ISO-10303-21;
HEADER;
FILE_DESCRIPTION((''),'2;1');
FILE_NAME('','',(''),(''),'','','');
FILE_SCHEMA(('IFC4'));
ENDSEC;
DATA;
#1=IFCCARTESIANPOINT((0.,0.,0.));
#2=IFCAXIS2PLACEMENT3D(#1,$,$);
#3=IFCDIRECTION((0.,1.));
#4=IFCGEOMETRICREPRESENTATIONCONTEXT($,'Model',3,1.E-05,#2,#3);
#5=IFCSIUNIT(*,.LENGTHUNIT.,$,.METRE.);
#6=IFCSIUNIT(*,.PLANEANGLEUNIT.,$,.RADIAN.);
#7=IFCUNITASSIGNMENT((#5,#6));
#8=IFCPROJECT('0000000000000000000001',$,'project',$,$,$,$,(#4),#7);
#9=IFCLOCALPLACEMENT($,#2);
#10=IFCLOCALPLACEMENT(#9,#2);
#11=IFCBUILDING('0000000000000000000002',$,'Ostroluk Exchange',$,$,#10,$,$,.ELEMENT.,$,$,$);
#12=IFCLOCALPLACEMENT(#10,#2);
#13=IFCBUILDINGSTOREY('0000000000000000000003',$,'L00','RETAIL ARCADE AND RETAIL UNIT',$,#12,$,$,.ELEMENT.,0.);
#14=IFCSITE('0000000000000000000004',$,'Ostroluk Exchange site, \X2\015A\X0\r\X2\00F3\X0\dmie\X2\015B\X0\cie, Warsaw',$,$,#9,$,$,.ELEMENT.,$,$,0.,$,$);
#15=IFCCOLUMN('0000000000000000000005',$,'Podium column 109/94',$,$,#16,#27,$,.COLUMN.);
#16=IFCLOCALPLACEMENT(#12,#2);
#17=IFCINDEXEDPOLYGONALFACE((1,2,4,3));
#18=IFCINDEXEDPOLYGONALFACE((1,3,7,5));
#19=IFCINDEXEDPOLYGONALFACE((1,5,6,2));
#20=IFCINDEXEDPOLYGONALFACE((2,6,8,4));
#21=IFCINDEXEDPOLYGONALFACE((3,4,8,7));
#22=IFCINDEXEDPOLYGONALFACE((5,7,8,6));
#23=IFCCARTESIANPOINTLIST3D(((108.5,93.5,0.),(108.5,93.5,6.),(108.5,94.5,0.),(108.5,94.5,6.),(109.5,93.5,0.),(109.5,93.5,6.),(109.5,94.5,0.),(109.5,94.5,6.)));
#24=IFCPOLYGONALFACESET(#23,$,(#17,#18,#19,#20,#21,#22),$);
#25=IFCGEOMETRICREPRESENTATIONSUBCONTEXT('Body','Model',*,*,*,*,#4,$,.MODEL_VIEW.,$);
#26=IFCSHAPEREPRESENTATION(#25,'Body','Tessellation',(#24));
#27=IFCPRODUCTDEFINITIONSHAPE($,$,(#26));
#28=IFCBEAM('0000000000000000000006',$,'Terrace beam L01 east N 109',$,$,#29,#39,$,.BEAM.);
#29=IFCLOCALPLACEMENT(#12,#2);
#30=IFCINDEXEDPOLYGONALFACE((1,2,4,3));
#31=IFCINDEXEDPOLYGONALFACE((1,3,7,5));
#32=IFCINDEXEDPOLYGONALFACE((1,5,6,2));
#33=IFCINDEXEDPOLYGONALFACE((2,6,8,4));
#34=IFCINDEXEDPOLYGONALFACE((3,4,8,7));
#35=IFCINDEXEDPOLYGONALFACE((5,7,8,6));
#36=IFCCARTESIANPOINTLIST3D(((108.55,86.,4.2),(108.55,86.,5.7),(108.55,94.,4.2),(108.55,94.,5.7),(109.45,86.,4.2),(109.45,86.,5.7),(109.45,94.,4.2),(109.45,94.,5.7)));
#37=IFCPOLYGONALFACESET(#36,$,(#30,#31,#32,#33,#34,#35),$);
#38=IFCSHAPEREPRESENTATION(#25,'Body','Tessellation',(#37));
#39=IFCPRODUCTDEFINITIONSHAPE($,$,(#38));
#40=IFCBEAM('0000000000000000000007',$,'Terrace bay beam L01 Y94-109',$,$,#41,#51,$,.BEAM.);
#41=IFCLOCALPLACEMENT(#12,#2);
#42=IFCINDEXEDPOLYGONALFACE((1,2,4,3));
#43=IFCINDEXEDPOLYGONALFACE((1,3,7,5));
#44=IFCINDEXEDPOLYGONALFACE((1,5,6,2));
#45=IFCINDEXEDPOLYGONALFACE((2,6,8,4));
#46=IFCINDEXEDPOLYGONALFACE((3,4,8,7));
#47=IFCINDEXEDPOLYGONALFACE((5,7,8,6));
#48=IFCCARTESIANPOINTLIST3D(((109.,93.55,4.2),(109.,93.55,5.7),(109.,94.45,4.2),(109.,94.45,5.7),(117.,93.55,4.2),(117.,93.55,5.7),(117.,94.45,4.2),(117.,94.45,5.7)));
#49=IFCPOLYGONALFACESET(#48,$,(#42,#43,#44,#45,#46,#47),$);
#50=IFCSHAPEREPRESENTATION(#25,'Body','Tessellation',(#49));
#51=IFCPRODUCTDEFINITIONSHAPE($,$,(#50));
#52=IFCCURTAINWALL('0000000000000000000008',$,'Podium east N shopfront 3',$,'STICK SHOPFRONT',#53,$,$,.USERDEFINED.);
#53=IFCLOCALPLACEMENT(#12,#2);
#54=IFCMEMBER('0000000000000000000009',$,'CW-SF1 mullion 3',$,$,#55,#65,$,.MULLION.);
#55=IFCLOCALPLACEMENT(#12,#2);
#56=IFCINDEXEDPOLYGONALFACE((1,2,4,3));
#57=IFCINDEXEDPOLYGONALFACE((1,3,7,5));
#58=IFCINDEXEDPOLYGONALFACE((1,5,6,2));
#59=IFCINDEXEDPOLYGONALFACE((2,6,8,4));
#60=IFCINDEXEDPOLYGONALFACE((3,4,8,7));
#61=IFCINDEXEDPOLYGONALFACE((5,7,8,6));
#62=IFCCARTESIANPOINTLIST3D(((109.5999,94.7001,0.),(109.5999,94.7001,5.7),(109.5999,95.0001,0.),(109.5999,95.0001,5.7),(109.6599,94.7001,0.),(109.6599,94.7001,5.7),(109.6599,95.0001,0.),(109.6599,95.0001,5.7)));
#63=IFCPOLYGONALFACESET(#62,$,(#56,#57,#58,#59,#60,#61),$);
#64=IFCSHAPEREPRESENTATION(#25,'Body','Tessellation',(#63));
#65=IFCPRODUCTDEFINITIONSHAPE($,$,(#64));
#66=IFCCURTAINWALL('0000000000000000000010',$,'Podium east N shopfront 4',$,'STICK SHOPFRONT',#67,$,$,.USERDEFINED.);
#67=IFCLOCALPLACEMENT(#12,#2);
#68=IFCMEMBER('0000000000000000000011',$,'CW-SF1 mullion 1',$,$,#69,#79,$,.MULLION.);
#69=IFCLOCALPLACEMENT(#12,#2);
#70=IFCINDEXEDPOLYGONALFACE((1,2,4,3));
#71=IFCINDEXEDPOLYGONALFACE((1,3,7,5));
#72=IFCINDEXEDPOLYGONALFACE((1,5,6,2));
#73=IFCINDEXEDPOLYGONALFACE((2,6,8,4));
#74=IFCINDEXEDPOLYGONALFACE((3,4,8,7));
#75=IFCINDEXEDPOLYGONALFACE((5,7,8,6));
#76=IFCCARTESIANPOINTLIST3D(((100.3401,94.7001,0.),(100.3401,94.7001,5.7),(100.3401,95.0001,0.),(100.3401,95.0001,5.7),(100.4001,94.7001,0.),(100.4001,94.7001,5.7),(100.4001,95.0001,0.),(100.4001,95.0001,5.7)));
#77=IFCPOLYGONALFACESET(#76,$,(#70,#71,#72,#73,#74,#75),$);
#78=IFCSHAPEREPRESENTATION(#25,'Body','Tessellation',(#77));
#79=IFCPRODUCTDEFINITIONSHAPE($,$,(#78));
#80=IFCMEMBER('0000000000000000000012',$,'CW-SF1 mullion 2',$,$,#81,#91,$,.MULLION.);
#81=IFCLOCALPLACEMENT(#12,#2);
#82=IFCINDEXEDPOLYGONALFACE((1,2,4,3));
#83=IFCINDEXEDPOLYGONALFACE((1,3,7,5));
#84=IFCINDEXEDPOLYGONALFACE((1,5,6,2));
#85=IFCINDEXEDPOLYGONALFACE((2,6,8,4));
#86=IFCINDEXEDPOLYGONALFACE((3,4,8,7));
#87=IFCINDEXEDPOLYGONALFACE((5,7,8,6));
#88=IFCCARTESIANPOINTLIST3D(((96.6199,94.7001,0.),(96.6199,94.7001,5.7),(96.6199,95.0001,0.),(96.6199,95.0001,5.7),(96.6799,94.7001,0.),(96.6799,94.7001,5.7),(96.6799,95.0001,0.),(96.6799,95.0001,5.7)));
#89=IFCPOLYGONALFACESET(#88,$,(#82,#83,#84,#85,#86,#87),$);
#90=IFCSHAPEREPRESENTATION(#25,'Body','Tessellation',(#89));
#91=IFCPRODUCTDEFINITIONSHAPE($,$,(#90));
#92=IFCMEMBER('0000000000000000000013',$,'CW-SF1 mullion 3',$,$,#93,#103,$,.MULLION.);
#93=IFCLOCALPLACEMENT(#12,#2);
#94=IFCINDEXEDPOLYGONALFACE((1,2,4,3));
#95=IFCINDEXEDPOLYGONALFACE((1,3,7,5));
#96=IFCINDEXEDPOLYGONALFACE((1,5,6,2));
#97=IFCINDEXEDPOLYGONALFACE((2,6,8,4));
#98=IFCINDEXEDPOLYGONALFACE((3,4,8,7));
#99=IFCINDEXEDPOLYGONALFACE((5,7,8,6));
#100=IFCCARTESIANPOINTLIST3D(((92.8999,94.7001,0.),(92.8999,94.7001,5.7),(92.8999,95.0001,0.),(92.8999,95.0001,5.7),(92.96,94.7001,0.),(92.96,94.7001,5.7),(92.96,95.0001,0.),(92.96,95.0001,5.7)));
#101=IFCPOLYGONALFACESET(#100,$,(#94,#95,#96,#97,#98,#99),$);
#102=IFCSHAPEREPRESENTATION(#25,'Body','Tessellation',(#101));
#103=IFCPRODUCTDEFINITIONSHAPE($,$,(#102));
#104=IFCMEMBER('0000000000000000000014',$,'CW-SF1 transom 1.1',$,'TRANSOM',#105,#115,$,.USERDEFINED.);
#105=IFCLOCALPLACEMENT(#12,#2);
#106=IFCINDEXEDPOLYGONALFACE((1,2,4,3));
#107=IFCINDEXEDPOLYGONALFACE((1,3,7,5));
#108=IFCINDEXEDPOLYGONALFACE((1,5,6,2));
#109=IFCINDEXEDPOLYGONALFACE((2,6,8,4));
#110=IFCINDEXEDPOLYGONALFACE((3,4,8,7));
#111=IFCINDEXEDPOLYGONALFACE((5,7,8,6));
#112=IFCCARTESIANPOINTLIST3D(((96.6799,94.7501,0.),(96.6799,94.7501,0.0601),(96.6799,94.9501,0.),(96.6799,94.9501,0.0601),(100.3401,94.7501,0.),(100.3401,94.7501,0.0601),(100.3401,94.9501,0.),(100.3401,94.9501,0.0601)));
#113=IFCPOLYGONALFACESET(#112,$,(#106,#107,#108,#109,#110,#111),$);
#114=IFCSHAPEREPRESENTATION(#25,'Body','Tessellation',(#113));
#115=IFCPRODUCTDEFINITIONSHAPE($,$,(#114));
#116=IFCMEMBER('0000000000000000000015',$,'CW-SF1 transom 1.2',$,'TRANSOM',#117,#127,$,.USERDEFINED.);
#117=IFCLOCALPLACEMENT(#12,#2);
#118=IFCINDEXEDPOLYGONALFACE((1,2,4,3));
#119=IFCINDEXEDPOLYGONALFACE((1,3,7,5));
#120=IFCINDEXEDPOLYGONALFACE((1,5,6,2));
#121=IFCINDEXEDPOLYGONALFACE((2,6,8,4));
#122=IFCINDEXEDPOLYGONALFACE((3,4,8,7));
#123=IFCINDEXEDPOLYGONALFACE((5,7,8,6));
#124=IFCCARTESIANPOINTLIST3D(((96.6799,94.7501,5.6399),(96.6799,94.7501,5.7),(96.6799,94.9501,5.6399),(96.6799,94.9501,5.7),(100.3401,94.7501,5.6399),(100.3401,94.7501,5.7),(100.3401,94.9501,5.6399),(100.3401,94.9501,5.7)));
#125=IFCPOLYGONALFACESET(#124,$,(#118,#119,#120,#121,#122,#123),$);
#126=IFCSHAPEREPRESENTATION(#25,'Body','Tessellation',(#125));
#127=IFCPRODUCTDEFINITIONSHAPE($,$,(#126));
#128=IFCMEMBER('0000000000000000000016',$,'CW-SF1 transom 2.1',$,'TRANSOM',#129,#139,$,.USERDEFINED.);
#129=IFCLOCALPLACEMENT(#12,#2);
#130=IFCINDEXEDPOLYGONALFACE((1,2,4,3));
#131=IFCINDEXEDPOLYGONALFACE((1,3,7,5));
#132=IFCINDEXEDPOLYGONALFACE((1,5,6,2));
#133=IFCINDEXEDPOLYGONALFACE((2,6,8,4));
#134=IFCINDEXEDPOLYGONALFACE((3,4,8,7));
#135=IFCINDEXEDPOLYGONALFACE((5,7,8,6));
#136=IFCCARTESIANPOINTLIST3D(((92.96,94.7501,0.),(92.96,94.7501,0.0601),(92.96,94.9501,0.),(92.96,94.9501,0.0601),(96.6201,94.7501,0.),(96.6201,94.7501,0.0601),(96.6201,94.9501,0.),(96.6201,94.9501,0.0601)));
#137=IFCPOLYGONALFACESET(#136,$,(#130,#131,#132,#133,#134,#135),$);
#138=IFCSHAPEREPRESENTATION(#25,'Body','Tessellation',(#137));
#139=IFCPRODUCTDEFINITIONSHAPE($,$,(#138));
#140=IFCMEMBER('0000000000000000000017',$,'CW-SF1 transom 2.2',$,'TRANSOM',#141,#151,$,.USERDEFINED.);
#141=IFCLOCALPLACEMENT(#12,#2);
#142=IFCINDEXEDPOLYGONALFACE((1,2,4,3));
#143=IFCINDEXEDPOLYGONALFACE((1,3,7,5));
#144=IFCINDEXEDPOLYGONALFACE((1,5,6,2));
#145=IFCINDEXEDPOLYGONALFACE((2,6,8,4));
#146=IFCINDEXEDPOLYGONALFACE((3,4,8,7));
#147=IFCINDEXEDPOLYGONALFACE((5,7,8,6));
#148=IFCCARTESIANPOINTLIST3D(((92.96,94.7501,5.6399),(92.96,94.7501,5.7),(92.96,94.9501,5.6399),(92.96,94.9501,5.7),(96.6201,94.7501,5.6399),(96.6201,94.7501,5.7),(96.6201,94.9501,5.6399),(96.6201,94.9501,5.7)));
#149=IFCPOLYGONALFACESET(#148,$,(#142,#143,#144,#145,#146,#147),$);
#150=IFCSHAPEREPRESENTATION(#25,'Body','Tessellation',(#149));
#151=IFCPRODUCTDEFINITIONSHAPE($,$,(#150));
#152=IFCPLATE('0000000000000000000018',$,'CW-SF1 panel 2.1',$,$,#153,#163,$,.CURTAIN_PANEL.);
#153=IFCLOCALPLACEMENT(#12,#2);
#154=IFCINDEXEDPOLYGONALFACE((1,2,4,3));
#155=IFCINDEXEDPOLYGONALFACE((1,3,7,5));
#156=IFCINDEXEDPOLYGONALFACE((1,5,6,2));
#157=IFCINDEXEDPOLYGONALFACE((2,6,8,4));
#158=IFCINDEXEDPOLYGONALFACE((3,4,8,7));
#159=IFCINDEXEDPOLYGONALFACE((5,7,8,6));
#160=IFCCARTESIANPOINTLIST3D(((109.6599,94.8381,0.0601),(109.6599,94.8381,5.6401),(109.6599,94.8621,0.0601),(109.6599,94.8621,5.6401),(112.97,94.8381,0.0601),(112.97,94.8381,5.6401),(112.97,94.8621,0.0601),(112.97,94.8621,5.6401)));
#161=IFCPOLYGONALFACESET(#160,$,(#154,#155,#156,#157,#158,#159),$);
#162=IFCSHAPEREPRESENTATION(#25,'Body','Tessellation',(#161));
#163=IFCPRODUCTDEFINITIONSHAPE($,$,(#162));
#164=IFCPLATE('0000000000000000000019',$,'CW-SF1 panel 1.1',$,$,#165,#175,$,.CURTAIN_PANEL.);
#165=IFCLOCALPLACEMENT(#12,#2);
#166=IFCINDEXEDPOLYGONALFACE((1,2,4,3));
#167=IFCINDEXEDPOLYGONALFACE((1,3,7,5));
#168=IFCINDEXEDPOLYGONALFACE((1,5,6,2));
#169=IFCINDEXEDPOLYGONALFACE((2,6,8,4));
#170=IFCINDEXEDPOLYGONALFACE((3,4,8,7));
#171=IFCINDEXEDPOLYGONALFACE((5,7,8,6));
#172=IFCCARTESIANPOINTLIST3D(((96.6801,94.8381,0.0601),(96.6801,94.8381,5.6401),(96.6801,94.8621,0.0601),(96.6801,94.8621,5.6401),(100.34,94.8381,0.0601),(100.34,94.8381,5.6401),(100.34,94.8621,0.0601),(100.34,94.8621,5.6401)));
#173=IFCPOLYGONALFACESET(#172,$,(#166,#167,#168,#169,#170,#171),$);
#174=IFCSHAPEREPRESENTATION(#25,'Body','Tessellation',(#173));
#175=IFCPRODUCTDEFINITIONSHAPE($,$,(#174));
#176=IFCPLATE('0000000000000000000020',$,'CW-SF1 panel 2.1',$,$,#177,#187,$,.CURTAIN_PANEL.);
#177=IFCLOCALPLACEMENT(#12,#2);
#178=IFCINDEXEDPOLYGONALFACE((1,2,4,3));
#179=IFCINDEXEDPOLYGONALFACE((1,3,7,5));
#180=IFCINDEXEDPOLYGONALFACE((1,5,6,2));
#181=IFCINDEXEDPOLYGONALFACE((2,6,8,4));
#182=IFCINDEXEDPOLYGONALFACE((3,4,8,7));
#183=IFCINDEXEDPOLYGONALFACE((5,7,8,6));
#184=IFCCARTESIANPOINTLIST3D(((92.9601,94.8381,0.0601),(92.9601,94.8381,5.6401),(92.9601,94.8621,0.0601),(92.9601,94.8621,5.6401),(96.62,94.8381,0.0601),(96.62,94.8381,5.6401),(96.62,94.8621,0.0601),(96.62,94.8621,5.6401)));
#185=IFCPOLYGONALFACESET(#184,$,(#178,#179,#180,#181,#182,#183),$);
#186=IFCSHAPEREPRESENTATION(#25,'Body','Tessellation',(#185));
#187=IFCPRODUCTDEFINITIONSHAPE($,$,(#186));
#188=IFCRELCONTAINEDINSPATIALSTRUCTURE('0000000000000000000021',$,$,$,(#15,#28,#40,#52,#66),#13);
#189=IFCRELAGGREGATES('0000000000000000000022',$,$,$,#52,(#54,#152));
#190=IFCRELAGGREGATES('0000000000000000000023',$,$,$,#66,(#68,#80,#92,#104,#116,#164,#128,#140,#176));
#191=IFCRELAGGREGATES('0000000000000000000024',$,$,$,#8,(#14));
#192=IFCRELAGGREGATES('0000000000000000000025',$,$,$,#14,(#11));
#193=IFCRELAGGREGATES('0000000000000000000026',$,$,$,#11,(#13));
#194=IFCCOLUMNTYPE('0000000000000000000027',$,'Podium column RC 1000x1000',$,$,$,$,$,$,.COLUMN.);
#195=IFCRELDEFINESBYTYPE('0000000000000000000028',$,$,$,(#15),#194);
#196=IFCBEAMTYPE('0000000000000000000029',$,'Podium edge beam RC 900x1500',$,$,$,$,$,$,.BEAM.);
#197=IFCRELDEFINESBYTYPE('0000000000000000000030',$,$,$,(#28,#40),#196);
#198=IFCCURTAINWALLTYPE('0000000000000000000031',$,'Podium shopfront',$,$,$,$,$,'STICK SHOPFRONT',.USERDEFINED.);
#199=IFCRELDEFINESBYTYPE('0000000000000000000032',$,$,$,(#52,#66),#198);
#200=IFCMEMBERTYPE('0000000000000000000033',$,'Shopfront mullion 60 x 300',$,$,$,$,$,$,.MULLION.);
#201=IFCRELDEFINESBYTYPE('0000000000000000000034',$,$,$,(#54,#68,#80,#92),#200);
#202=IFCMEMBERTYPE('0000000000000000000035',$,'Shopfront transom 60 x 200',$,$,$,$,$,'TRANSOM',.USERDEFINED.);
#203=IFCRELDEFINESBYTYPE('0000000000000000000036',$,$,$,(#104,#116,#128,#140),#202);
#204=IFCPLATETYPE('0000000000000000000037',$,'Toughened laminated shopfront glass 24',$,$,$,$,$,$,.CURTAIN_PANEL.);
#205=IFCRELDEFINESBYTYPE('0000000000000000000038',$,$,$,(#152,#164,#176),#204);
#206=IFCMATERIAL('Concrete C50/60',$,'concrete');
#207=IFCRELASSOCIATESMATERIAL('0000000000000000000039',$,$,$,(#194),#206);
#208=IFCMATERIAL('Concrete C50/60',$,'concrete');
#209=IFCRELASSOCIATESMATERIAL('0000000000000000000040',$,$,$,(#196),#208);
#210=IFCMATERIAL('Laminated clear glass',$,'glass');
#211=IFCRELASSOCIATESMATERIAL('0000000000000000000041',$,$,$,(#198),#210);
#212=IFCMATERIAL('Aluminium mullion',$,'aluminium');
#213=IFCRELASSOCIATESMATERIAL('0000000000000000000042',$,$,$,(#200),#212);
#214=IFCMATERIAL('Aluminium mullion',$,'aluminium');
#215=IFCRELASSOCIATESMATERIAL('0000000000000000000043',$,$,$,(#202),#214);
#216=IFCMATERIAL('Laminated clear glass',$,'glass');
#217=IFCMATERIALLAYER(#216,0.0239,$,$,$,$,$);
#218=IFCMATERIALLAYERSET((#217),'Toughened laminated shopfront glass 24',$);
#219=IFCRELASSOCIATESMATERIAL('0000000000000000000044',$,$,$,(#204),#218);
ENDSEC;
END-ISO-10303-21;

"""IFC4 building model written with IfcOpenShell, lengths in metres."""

from ifc_helpers import new_model, si_unit, direction, frame, origin, origin_2d, place, context, subcontext, project, spatial, rectangle, extrude, material, layer, layer_set, material_profile, profile_set, type_object, element, aggregate, save


model = new_model("IFC4")

# Units and contexts
model_context = context("Model", 3, precision=1e-05, world=origin(), true_north=direction((0.0, 1.0)))
body_context = subcontext(model_context, "Body", "Model", "MODEL_VIEW")
ifc_project = project(units=[si_unit("LENGTHUNIT", "METRE"), si_unit("PLANEANGLEUNIT", "RADIAN")], contexts=[model_context])

# Site, building, storey
site_placement = place(None, origin())
site = spatial("IfcSite", under=ifc_project, at=site_placement, Name="Ostroluk Exchange site, Śródmieście, Warsaw", CompositionType="ELEMENT", RefElevation=0.0)
building_placement = place(site_placement, origin())
building = spatial("IfcBuilding", under=site, at=building_placement, Name="Ostroluk Exchange", CompositionType="ELEMENT")
storey_placement = place(building_placement, origin())
storey = spatial("IfcBuildingStorey", under=building, at=storey_placement, Name="L00", Description="RETAIL ARCADE AND RETAIL UNIT", CompositionType="ELEMENT", Elevation=0.0)

# Column
ifc_material_1 = material(Name="Concrete C50/60", Category="concrete")
ifc_material_profile_1 = material_profile(ifc_material_1, rectangle(XDim=1.0, YDim=1.0, at=origin_2d()), Name="RC 1000x1000")
ifc_profile_set_1 = profile_set([ifc_material_profile_1], Name="Concrete C50/60")
column_type = type_object("IfcColumnType", Name="Podium column RC 1000x1000", PredefinedType="COLUMN", material=ifc_profile_set_1)
column_placement = place(storey_placement, frame((109.0, 94.0, 0.0), z_axis=(0.0, 0.0, 1.0), x_axis=(1.0, 0.0, 0.0)))
element("IfcColumn", 1, at=column_placement, inside=storey, type_object=column_type, Name="Podium column 109/94", PredefinedType="COLUMN", context=body_context, shape_type="SweptSolid", body=[
    extrude(rectangle(XDim=1.0, YDim=1.0, at=origin_2d()), origin(), (0.0, 0.0, 1.0), 6.0),
])

# Beams
ifc_material_2 = material(Name="Concrete C50/60", Category="concrete")
ifc_material_profile_2 = material_profile(ifc_material_2, rectangle(XDim=0.8999, YDim=1.5, at=origin_2d()), Name="RC 900x1500")
ifc_profile_set_2 = profile_set([ifc_material_profile_2], Name="Concrete C50/60")
beam_type = type_object("IfcBeamType", Name="Podium edge beam RC 900x1500", PredefinedType="BEAM", material=ifc_profile_set_2)
for number, where, z_axis, x_axis, name in (
    (2, (109.0, 94.0, 4.95), (0.0, -1.0, 0.0), (1.0, 0.0, 0.0), "Terrace beam L01 east N 109"),
    (3, (109.0, 94.0, 4.95), (1.0, 0.0, 0.0), (0.0, 1.0, 0.0), "Terrace bay beam L01 Y94-109"),
):
    element("IfcBeam", number, at=place(storey_placement, frame(where, z_axis=z_axis, x_axis=x_axis)), inside=storey, type_object=beam_type, Name=name, PredefinedType="BEAM", context=body_context, shape_type="SweptSolid", body=[
        extrude(rectangle(XDim=0.8999, YDim=1.5, at=origin_2d()), origin(), (0.0, 0.0, 1.0), 8.0),
    ])

# Curtain wall, member
ifc_material_3 = material(Name="Laminated clear glass", Category="glass")
curtain_wall_type = type_object("IfcCurtainWallType", Name="Podium shopfront", ElementType="STICK SHOPFRONT", PredefinedType="USERDEFINED", material=ifc_material_3)
curtain_wall_1_placement = place(storey_placement, origin())
curtain_wall_1 = element("IfcCurtainWall", 4, at=curtain_wall_1_placement, inside=storey, type_object=curtain_wall_type, Name="Podium east N shopfront 3", ObjectType="STICK SHOPFRONT", PredefinedType="USERDEFINED")
ifc_material_4 = material(Name="Aluminium mullion", Category="aluminium")
ifc_material_profile_3 = material_profile(ifc_material_4, rectangle(XDim=0.3, YDim=0.0601, at=origin_2d()), Name="Shopfront mullion 60 x 300")
ifc_profile_set_3 = profile_set([ifc_material_profile_3], Name="Aluminium mullion")
member_type_1 = type_object("IfcMemberType", Name="Shopfront mullion 60 x 300", PredefinedType="MULLION", material=ifc_profile_set_3)
member_1_placement = place(storey_placement, frame((109.6299, 94.8501, 0.0), z_axis=(0.0, 0.0, 1.0), x_axis=(0.0, -1.0, 0.0)))
member_1 = element("IfcMember", 5, at=member_1_placement, type_object=member_type_1, Name="CW-SF1 mullion 3", PredefinedType="MULLION", context=body_context, shape_type="SweptSolid", body=[
    extrude(rectangle(XDim=0.3, YDim=0.0601, at=origin_2d()), origin(), (0.0, 0.0, 1.0), 5.7),
])

# Curtain wall, members
curtain_wall_2_placement = place(storey_placement, origin())
curtain_wall_2 = element("IfcCurtainWall", 6, at=curtain_wall_2_placement, inside=storey, type_object=curtain_wall_type, Name="Podium east N shopfront 4", ObjectType="STICK SHOPFRONT", PredefinedType="USERDEFINED")
member_2_placement = place(storey_placement, frame((100.3701, 94.8501, 0.0), z_axis=(0.0, 0.0, 1.0), x_axis=(0.0, -1.0, 0.0)))
member_2 = element("IfcMember", 7, at=member_2_placement, type_object=member_type_1, Name="CW-SF1 mullion 1", PredefinedType="MULLION", context=body_context, shape_type="SweptSolid", body=[
    extrude(rectangle(XDim=0.3, YDim=0.0601, at=origin_2d()), origin(), (0.0, 0.0, 1.0), 5.7),
])
member_3_placement = place(storey_placement, frame((96.6499, 94.8501, 0.0), z_axis=(0.0, 0.0, 1.0), x_axis=(0.0, -1.0, 0.0)))
member_3 = element("IfcMember", 8, at=member_3_placement, type_object=member_type_1, Name="CW-SF1 mullion 2", PredefinedType="MULLION", context=body_context, shape_type="SweptSolid", body=[
    extrude(rectangle(XDim=0.3, YDim=0.0601, at=origin_2d()), origin(), (0.0, 0.0, 1.0), 5.7),
])
member_4_placement = place(storey_placement, frame((92.9299, 94.8501, 0.0), z_axis=(0.0, 0.0, 1.0), x_axis=(0.0, -1.0, 0.0)))
member_4 = element("IfcMember", 9, at=member_4_placement, type_object=member_type_1, Name="CW-SF1 mullion 3", PredefinedType="MULLION", context=body_context, shape_type="SweptSolid", body=[
    extrude(rectangle(XDim=0.3, YDim=0.0601, at=origin_2d()), origin(), (0.0, 0.0, 1.0), 5.7),
])
ifc_material_5 = material(Name="Aluminium mullion", Category="aluminium")
ifc_material_profile_4 = material_profile(ifc_material_5, rectangle(XDim=0.2, YDim=0.0601, at=origin_2d()), Name="Shopfront transom 60 x 200")
ifc_profile_set_4 = profile_set([ifc_material_profile_4], Name="Aluminium mullion")
member_type_2 = type_object("IfcMemberType", Name="Shopfront transom 60 x 200", ElementType="TRANSOM", PredefinedType="USERDEFINED", material=ifc_profile_set_4)
member_5_placement = place(storey_placement, frame((100.3401, 94.8501, 0.03), z_axis=(-1.0, 0.0, 0.0), x_axis=(0.0, -1.0, 0.0)))
member_5 = element("IfcMember", 10, at=member_5_placement, type_object=member_type_2, Name="CW-SF1 transom 1.1", ObjectType="TRANSOM", PredefinedType="USERDEFINED", context=body_context, shape_type="SweptSolid", body=[
    extrude(rectangle(XDim=0.2, YDim=0.0601, at=origin_2d()), origin(), (0.0, 0.0, 1.0), 3.6602),
])
member_6_placement = place(storey_placement, frame((100.3401, 94.8501, 5.6699), z_axis=(-1.0, 0.0, 0.0), x_axis=(0.0, -1.0, 0.0)))
member_6 = element("IfcMember", 11, at=member_6_placement, type_object=member_type_2, Name="CW-SF1 transom 1.2", ObjectType="TRANSOM", PredefinedType="USERDEFINED", context=body_context, shape_type="SweptSolid", body=[
    extrude(rectangle(XDim=0.2, YDim=0.0601, at=origin_2d()), origin(), (0.0, 0.0, 1.0), 3.6602),
])
member_7_placement = place(storey_placement, frame((96.6201, 94.8501, 0.03), z_axis=(-1.0, 0.0, 0.0), x_axis=(0.0, -1.0, 0.0)))
member_7 = element("IfcMember", 12, at=member_7_placement, type_object=member_type_2, Name="CW-SF1 transom 2.1", ObjectType="TRANSOM", PredefinedType="USERDEFINED", context=body_context, shape_type="SweptSolid", body=[
    extrude(rectangle(XDim=0.2, YDim=0.0601, at=origin_2d()), origin(), (0.0, 0.0, 1.0), 3.6602),
])
member_8_placement = place(storey_placement, frame((96.6201, 94.8501, 5.6699), z_axis=(-1.0, 0.0, 0.0), x_axis=(0.0, -1.0, 0.0)))
member_8 = element("IfcMember", 13, at=member_8_placement, type_object=member_type_2, Name="CW-SF1 transom 2.2", ObjectType="TRANSOM", PredefinedType="USERDEFINED", context=body_context, shape_type="SweptSolid", body=[
    extrude(rectangle(XDim=0.2, YDim=0.0601, at=origin_2d()), origin(), (0.0, 0.0, 1.0), 3.6602),
])

# Plates
ifc_material_6 = material(Name="Laminated clear glass", Category="glass")
ifc_layer_1 = layer(ifc_material_6, 0.0239)
ifc_layer_set_1 = layer_set([ifc_layer_1], Name="Toughened laminated shopfront glass 24")
plate_type = type_object("IfcPlateType", Name="Toughened laminated shopfront glass 24", PredefinedType="CURTAIN_PANEL", material=ifc_layer_set_1)
plate_1_placement = place(storey_placement, frame((111.3149, 94.8501, 0.0601), z_axis=(0.0, 0.0, 1.0), x_axis=(-1.0, 0.0, 0.0)))
plate_1 = element("IfcPlate", 14, at=plate_1_placement, type_object=plate_type, Name="CW-SF1 panel 2.1", PredefinedType="CURTAIN_PANEL", context=body_context, shape_type="SweptSolid", body=[
    extrude(rectangle(XDim=3.3101, YDim=0.0239, at=origin_2d()), origin(), (0.0, 0.0, 1.0), 5.5801),
])
aggregate(curtain_wall_1, [member_1, plate_1])
plate_2_placement = place(storey_placement, frame((98.51, 94.8501, 0.0601), z_axis=(0.0, 0.0, 1.0), x_axis=(-1.0, 0.0, 0.0)))
plate_2 = element("IfcPlate", 15, at=plate_2_placement, type_object=plate_type, Name="CW-SF1 panel 1.1", PredefinedType="CURTAIN_PANEL", context=body_context, shape_type="SweptSolid", body=[
    extrude(rectangle(XDim=3.6599, YDim=0.0239, at=origin_2d()), origin(), (0.0, 0.0, 1.0), 5.5801),
])
plate_3_placement = place(storey_placement, frame((94.79, 94.8501, 0.0601), z_axis=(0.0, 0.0, 1.0), x_axis=(-1.0, 0.0, 0.0)))
plate_3 = element("IfcPlate", 16, at=plate_3_placement, type_object=plate_type, Name="CW-SF1 panel 2.1", PredefinedType="CURTAIN_PANEL", context=body_context, shape_type="SweptSolid", body=[
    extrude(rectangle(XDim=3.6599, YDim=0.0239, at=origin_2d()), origin(), (0.0, 0.0, 1.0), 5.5801),
])
aggregate(curtain_wall_2, [member_2, member_3, member_4, member_5, member_6, plate_2, member_7, member_8, plate_3])

save(model, "model.ifc")
